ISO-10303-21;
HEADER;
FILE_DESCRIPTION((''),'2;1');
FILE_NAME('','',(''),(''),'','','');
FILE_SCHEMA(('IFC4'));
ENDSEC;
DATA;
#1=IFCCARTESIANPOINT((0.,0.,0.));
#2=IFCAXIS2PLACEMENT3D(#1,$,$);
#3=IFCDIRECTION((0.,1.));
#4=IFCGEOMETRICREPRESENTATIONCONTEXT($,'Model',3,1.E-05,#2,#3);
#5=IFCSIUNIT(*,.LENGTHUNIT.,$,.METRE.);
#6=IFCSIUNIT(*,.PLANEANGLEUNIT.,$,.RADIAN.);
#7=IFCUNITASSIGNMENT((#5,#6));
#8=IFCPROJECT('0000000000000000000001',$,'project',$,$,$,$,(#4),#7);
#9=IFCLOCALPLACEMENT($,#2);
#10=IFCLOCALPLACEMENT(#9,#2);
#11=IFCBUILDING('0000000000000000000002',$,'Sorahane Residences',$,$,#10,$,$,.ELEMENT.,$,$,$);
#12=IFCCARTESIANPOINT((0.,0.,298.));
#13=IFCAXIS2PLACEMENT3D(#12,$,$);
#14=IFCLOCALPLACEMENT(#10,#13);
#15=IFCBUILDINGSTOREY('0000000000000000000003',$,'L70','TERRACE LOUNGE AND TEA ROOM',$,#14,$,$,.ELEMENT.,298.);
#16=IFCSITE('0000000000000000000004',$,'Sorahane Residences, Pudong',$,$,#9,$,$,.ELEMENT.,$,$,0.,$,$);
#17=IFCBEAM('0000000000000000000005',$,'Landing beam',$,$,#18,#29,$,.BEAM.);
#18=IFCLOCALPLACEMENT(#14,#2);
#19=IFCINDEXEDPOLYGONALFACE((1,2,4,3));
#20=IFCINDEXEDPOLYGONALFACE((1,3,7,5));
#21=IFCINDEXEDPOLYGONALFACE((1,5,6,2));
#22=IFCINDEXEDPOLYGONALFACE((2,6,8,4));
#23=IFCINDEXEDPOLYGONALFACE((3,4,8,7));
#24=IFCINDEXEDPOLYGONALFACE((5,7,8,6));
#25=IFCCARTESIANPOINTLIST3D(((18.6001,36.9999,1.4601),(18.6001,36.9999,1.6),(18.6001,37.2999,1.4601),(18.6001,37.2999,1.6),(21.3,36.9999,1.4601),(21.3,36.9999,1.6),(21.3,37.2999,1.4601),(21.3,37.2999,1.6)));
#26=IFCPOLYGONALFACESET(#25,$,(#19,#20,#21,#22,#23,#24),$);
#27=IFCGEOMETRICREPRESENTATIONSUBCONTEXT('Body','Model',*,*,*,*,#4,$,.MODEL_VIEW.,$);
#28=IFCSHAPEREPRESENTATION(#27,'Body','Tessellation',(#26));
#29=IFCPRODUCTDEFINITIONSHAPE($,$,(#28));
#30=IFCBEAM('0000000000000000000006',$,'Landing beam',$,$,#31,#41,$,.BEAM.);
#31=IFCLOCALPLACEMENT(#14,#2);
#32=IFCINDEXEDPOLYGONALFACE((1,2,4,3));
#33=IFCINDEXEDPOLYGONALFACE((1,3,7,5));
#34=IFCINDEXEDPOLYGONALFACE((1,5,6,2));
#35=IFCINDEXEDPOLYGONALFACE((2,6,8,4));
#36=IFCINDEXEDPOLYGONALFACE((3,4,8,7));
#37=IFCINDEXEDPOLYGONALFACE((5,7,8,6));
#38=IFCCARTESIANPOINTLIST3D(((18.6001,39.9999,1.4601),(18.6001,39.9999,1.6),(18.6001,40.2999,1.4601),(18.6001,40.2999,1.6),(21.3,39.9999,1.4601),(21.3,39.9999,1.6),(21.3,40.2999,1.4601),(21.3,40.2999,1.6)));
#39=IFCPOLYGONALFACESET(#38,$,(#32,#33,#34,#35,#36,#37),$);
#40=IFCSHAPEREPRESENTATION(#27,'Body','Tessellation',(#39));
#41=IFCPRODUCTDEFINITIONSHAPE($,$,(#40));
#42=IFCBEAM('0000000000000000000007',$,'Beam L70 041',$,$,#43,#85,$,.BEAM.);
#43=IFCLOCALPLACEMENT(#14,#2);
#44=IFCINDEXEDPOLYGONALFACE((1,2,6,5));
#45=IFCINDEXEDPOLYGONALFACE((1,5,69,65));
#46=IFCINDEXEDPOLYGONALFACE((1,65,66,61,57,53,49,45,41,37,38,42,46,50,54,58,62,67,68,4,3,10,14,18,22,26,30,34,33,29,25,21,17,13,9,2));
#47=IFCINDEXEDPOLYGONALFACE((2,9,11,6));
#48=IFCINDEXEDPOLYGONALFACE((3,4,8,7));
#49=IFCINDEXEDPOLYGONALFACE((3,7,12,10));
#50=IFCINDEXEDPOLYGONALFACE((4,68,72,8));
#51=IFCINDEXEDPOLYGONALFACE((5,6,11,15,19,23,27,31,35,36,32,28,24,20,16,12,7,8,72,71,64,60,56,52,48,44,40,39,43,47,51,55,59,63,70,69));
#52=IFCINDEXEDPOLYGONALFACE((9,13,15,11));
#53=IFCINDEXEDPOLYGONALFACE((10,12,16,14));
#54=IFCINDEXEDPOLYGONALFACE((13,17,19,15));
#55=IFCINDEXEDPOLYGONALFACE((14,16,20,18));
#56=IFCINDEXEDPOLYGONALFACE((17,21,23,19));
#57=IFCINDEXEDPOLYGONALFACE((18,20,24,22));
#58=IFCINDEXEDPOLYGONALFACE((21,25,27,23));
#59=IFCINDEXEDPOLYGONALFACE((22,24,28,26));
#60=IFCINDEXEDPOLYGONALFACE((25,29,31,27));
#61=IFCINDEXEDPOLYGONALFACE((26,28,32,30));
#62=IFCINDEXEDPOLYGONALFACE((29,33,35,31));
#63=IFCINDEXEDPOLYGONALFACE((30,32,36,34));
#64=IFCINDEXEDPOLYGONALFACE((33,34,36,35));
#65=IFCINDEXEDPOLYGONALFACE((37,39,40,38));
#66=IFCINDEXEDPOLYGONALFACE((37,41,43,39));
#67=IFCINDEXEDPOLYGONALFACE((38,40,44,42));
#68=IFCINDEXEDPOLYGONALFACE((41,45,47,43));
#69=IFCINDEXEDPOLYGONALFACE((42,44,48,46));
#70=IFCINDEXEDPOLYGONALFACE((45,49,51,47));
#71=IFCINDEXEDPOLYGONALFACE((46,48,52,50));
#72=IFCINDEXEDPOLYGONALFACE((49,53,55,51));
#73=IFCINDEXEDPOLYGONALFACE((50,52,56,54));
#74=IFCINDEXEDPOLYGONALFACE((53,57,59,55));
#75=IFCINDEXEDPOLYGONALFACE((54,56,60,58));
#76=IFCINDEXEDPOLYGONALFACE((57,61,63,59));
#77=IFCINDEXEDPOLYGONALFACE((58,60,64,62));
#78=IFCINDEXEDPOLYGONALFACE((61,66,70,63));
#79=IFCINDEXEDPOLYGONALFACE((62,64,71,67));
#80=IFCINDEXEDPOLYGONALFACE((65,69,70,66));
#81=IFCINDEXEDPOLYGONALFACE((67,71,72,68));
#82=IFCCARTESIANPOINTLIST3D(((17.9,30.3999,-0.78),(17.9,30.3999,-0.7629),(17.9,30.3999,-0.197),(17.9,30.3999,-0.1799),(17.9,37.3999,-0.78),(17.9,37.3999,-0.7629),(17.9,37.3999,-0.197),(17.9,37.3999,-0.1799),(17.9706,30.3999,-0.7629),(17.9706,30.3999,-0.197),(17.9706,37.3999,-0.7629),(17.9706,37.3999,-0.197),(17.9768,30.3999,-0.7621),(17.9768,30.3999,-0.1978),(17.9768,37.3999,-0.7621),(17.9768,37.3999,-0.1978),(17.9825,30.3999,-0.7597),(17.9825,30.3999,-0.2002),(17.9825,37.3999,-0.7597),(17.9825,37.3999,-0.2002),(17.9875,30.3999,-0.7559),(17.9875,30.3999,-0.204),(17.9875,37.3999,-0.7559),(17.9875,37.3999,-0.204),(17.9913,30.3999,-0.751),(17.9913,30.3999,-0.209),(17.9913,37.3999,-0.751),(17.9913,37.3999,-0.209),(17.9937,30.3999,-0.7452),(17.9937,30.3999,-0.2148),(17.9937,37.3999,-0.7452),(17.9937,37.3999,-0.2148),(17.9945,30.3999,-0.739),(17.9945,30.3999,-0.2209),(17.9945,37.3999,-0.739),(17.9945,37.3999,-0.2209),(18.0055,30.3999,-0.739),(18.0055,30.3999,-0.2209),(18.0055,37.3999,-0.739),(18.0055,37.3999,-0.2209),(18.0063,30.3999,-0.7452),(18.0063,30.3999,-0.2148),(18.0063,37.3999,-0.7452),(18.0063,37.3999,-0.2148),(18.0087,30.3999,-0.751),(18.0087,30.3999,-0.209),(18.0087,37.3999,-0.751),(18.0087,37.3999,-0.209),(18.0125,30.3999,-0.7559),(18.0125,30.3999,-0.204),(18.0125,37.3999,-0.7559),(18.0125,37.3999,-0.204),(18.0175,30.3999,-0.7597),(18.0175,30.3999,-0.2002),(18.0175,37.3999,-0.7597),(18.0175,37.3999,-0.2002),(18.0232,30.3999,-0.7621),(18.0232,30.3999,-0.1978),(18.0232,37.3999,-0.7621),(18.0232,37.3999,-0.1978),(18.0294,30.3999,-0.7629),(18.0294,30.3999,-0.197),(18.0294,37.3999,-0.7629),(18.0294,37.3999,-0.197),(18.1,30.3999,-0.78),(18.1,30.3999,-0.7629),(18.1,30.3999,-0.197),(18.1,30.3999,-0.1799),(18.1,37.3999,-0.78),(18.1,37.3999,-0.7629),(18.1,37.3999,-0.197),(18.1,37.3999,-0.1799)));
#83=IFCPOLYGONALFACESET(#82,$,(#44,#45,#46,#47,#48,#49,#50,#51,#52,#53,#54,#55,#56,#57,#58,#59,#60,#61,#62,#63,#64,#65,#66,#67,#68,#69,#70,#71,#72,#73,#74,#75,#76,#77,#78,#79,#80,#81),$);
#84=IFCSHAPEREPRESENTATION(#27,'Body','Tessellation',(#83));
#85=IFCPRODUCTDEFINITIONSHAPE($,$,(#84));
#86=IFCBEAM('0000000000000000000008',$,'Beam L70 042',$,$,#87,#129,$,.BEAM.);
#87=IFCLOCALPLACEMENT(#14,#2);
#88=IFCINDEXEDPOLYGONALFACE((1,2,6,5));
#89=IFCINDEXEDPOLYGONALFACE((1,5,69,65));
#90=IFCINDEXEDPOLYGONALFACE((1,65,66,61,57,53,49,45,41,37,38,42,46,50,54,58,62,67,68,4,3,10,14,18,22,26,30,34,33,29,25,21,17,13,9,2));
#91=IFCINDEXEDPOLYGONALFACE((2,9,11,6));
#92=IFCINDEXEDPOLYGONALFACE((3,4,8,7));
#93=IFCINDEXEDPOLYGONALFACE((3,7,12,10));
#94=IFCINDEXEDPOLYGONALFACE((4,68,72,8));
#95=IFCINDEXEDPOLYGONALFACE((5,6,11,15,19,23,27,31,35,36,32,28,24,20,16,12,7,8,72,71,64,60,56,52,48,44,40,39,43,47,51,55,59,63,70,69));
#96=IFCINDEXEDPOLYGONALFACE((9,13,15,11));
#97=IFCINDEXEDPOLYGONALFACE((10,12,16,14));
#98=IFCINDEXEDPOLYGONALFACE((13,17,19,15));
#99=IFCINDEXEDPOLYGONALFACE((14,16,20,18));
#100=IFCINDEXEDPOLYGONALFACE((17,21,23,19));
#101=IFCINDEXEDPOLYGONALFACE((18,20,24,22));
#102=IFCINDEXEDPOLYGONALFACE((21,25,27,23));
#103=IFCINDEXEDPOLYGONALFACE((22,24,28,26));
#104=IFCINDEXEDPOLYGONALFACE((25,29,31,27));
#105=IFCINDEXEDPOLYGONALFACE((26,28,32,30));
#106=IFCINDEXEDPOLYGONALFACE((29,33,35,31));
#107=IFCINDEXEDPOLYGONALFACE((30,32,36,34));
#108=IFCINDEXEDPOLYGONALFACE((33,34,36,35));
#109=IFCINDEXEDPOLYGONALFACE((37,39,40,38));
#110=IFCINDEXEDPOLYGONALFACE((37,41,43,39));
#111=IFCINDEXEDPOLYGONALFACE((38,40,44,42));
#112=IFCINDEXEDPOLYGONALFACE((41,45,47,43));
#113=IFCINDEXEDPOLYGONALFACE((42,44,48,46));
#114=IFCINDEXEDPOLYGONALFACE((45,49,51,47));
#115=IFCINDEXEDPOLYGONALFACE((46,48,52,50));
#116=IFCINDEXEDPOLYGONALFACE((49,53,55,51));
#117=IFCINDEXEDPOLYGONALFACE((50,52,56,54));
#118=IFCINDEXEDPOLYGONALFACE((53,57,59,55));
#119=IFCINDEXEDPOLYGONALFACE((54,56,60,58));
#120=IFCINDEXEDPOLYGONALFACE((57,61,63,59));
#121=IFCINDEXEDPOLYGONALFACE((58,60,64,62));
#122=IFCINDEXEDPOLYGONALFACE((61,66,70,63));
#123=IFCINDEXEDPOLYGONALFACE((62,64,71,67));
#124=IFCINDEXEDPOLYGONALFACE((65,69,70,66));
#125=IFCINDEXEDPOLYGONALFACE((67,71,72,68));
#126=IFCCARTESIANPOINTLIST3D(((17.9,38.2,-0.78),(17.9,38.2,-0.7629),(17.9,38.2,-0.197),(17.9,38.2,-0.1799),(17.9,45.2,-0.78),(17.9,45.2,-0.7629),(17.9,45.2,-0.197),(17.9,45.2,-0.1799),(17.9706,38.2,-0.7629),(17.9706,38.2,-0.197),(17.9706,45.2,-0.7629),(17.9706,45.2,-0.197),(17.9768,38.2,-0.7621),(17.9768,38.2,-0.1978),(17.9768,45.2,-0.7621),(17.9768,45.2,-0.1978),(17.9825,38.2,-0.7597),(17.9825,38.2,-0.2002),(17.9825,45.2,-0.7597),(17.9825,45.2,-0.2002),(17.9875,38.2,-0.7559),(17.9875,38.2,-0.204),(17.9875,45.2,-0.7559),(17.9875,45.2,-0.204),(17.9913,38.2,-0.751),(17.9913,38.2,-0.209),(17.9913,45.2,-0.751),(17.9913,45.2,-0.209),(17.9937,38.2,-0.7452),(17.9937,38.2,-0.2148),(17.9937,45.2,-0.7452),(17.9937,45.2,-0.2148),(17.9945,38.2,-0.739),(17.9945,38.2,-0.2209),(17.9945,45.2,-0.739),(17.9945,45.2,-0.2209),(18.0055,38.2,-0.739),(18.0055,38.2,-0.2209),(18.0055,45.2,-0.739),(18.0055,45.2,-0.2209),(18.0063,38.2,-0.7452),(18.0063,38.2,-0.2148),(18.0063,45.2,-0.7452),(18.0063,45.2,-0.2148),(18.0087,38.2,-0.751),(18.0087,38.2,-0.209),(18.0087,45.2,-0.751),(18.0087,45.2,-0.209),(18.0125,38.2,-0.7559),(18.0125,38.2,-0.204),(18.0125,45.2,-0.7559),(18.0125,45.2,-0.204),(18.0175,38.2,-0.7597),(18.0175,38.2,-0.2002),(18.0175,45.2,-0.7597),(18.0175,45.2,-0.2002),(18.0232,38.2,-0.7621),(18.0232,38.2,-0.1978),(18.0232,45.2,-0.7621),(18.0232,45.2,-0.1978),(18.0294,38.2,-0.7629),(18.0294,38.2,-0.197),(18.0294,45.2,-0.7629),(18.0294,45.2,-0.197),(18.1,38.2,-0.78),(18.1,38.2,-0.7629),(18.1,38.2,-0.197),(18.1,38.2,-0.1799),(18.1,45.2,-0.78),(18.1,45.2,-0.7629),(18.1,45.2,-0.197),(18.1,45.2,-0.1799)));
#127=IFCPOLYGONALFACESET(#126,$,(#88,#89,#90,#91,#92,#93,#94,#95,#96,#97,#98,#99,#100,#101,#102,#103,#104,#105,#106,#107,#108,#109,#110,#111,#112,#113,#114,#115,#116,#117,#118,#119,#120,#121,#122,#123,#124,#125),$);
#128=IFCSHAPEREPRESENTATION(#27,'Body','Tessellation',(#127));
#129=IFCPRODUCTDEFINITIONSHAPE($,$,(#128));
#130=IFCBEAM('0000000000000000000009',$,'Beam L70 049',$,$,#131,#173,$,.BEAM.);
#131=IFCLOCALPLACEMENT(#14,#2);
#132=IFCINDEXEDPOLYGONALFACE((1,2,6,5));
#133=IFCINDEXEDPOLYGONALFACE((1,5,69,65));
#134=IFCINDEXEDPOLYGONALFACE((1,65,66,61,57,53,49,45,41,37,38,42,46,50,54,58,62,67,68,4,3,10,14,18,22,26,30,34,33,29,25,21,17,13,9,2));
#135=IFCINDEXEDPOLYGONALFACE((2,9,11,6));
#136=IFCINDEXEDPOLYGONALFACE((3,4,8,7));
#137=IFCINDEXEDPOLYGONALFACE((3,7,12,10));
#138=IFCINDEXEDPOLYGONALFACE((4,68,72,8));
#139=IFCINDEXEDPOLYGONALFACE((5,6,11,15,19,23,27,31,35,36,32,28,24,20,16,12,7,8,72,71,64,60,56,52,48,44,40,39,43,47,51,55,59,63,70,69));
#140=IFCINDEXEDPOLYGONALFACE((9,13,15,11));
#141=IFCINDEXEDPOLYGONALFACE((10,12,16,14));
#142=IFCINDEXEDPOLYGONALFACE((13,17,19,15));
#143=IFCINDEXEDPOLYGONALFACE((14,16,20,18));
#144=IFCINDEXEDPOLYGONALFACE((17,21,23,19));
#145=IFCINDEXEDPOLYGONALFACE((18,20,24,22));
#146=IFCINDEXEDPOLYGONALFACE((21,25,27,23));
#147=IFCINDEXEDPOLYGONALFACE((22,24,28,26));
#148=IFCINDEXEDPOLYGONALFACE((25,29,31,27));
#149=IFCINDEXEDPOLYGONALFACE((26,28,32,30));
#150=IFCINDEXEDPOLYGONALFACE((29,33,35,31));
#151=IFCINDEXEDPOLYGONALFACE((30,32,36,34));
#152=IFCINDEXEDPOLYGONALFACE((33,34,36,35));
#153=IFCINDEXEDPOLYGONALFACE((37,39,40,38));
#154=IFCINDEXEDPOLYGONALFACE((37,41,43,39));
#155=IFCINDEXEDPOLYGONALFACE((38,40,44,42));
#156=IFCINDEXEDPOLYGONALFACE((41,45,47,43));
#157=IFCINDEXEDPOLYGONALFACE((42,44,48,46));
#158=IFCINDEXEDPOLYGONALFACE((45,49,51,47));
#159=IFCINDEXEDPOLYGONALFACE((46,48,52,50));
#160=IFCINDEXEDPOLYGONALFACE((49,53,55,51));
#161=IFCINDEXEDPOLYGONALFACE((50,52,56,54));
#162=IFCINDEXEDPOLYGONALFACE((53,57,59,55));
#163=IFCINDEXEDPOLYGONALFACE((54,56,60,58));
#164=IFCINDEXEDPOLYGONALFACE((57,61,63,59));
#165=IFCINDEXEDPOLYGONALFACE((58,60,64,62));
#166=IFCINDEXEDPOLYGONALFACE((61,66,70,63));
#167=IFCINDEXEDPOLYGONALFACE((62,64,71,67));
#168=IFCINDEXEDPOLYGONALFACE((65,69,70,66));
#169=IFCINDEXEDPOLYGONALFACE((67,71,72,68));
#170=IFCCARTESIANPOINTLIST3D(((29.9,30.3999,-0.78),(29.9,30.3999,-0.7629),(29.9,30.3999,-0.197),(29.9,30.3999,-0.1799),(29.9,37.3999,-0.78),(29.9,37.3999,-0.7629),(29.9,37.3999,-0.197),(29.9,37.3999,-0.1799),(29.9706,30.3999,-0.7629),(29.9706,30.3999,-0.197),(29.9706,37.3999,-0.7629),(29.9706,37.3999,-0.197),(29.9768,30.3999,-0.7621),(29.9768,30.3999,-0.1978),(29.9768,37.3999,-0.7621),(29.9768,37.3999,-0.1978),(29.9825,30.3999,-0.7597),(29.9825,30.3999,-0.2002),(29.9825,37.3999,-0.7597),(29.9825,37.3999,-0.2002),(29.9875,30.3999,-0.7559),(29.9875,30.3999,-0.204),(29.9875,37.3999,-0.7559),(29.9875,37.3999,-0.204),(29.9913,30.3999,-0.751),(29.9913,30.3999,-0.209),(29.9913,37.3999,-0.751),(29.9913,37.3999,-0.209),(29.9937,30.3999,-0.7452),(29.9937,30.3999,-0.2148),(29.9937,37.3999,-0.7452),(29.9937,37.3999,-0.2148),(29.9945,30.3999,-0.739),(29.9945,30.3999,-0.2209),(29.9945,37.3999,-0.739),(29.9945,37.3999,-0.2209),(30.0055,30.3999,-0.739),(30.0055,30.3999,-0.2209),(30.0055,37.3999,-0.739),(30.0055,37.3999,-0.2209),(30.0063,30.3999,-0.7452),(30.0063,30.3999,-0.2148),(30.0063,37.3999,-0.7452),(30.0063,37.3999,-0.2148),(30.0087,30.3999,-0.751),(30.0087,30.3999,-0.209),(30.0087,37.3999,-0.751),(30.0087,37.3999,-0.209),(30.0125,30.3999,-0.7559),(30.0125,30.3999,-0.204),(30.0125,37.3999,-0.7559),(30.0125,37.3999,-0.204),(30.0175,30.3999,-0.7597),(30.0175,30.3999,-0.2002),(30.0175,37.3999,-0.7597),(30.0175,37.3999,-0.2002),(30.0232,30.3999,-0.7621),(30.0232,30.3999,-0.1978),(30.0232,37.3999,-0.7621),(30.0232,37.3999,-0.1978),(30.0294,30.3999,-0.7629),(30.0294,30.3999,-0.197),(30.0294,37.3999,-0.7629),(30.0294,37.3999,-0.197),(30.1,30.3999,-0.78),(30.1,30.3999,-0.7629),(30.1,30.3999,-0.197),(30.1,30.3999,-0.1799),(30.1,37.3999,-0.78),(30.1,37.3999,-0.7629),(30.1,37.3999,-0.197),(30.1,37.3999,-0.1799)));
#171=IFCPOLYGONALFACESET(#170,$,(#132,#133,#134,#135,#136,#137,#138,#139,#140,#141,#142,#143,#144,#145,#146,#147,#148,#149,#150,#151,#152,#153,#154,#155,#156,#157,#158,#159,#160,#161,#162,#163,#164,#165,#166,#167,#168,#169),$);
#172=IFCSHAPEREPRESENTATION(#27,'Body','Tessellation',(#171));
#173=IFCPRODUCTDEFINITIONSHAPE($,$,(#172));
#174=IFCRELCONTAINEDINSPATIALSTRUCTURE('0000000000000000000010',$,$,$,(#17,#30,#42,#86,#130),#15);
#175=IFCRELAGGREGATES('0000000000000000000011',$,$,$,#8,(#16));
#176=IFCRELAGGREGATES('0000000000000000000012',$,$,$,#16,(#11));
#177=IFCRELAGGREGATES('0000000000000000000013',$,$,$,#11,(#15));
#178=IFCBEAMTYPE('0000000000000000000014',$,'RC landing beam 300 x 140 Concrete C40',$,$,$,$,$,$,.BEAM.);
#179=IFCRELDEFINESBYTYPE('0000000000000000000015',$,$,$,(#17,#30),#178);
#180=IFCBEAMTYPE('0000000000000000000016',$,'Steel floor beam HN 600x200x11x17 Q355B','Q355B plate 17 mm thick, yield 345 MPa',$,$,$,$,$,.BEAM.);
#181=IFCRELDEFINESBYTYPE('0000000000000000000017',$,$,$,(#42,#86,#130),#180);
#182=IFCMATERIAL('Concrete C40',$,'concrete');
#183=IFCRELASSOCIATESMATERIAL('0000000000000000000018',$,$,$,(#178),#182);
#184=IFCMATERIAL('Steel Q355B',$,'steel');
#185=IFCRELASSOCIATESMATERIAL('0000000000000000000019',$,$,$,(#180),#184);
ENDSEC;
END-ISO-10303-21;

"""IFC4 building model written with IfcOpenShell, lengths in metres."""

from ifc_helpers import new_model, si_unit, direction, frame, origin, origin_2d, place, context, subcontext, project, spatial, rectangle, i_section, extrude, material, material_profile, profile_set, type_object, element, save


model = new_model("IFC4")

# Units and contexts
model_context = context("Model", 3, precision=1e-05, world=origin(), true_north=direction((0.0, 1.0)))
body_context = subcontext(model_context, "Body", "Model", "MODEL_VIEW")
ifc_project = project(units=[si_unit("LENGTHUNIT", "METRE"), si_unit("PLANEANGLEUNIT", "RADIAN")], contexts=[model_context])

# Site, building, storey
site_placement = place(None, origin())
site = spatial("IfcSite", under=ifc_project, at=site_placement, Name="Sorahane Residences, Pudong", CompositionType="ELEMENT", RefElevation=0.0)
building_placement = place(site_placement, origin())
building = spatial("IfcBuilding", under=site, at=building_placement, Name="Sorahane Residences", CompositionType="ELEMENT")
storey_placement = place(building_placement, frame((0.0, 0.0, 298.0)))
storey = spatial("IfcBuildingStorey", under=building, at=storey_placement, Name="L70", Description="TERRACE LOUNGE AND TEA ROOM", CompositionType="ELEMENT", Elevation=298.0)

# Beams
ifc_material_1 = material(Name="Concrete C40", Category="concrete")
ifc_material_profile_1 = material_profile(ifc_material_1, rectangle(XDim=0.3, YDim=0.1399, at=origin_2d()), Name="300x140")
ifc_profile_set_1 = profile_set([ifc_material_profile_1], Name="Concrete C40")
beam_type_1 = type_object("IfcBeamType", Name="RC landing beam 300 x 140 Concrete C40", PredefinedType="BEAM", material=ifc_profile_set_1)
for number, where, z_axis, x_axis, name in (
    (1, (18.6001, 37.1499, 1.53), (1.0, 0.0, 0.0), (0.0, 1.0, 0.0), "Landing beam"),
    (2, (18.6001, 40.1499, 1.53), (1.0, 0.0, 0.0), (0.0, 1.0, 0.0), "Landing beam"),
):
    element("IfcBeam", number, at=place(storey_placement, frame(where, z_axis=z_axis, x_axis=x_axis)), inside=storey, type_object=beam_type_1, Name=name, PredefinedType="BEAM", context=body_context, shape_type="SweptSolid", body=[
        extrude(rectangle(XDim=0.3, YDim=0.1399, at=origin_2d()), origin(), (0.0, 0.0, 1.0), 2.7),
    ])
ifc_material_2 = material(Name="Steel Q355B", Category="steel")
ifc_material_profile_2 = material_profile(ifc_material_2, i_section(OverallWidth=0.2, OverallDepth=0.6001, WebThickness=0.011, FlangeThickness=0.0171, FilletRadius=0.0239, at=origin_2d()), Name="HN 600x200x11x17")
ifc_profile_set_2 = profile_set([ifc_material_profile_2], Name="Steel Q355B")
beam_type_2 = type_object("IfcBeamType", Name="Steel floor beam HN 600x200x11x17 Q355B", Description="Q355B plate 17 mm thick, yield 345 MPa", PredefinedType="BEAM", material=ifc_profile_set_2)
for number, where, z_axis, x_axis, name in (
    (3, (18.0, 30.3999, -0.48), (0.0, 1.0, 0.0), (-1.0, 0.0, 0.0), "Beam L70 041"),
    (4, (18.0, 38.2, -0.48), (0.0, 1.0, 0.0), (-1.0, 0.0, 0.0), "Beam L70 042"),
    (5, (30.0, 30.3999, -0.48), (0.0, 1.0, 0.0), (-1.0, 0.0, 0.0), "Beam L70 049"),
):
    element("IfcBeam", number, at=place(storey_placement, frame(where, z_axis=z_axis, x_axis=x_axis)), inside=storey, type_object=beam_type_2, Name=name, PredefinedType="BEAM", context=body_context, shape_type="SweptSolid", body=[
        extrude(i_section(OverallWidth=0.2, OverallDepth=0.6001, WebThickness=0.011, FlangeThickness=0.0171, FilletRadius=0.0239, at=origin_2d()), origin(), (0.0, 0.0, 1.0), 7.0),
    ])

save(model, "model.ifc")
